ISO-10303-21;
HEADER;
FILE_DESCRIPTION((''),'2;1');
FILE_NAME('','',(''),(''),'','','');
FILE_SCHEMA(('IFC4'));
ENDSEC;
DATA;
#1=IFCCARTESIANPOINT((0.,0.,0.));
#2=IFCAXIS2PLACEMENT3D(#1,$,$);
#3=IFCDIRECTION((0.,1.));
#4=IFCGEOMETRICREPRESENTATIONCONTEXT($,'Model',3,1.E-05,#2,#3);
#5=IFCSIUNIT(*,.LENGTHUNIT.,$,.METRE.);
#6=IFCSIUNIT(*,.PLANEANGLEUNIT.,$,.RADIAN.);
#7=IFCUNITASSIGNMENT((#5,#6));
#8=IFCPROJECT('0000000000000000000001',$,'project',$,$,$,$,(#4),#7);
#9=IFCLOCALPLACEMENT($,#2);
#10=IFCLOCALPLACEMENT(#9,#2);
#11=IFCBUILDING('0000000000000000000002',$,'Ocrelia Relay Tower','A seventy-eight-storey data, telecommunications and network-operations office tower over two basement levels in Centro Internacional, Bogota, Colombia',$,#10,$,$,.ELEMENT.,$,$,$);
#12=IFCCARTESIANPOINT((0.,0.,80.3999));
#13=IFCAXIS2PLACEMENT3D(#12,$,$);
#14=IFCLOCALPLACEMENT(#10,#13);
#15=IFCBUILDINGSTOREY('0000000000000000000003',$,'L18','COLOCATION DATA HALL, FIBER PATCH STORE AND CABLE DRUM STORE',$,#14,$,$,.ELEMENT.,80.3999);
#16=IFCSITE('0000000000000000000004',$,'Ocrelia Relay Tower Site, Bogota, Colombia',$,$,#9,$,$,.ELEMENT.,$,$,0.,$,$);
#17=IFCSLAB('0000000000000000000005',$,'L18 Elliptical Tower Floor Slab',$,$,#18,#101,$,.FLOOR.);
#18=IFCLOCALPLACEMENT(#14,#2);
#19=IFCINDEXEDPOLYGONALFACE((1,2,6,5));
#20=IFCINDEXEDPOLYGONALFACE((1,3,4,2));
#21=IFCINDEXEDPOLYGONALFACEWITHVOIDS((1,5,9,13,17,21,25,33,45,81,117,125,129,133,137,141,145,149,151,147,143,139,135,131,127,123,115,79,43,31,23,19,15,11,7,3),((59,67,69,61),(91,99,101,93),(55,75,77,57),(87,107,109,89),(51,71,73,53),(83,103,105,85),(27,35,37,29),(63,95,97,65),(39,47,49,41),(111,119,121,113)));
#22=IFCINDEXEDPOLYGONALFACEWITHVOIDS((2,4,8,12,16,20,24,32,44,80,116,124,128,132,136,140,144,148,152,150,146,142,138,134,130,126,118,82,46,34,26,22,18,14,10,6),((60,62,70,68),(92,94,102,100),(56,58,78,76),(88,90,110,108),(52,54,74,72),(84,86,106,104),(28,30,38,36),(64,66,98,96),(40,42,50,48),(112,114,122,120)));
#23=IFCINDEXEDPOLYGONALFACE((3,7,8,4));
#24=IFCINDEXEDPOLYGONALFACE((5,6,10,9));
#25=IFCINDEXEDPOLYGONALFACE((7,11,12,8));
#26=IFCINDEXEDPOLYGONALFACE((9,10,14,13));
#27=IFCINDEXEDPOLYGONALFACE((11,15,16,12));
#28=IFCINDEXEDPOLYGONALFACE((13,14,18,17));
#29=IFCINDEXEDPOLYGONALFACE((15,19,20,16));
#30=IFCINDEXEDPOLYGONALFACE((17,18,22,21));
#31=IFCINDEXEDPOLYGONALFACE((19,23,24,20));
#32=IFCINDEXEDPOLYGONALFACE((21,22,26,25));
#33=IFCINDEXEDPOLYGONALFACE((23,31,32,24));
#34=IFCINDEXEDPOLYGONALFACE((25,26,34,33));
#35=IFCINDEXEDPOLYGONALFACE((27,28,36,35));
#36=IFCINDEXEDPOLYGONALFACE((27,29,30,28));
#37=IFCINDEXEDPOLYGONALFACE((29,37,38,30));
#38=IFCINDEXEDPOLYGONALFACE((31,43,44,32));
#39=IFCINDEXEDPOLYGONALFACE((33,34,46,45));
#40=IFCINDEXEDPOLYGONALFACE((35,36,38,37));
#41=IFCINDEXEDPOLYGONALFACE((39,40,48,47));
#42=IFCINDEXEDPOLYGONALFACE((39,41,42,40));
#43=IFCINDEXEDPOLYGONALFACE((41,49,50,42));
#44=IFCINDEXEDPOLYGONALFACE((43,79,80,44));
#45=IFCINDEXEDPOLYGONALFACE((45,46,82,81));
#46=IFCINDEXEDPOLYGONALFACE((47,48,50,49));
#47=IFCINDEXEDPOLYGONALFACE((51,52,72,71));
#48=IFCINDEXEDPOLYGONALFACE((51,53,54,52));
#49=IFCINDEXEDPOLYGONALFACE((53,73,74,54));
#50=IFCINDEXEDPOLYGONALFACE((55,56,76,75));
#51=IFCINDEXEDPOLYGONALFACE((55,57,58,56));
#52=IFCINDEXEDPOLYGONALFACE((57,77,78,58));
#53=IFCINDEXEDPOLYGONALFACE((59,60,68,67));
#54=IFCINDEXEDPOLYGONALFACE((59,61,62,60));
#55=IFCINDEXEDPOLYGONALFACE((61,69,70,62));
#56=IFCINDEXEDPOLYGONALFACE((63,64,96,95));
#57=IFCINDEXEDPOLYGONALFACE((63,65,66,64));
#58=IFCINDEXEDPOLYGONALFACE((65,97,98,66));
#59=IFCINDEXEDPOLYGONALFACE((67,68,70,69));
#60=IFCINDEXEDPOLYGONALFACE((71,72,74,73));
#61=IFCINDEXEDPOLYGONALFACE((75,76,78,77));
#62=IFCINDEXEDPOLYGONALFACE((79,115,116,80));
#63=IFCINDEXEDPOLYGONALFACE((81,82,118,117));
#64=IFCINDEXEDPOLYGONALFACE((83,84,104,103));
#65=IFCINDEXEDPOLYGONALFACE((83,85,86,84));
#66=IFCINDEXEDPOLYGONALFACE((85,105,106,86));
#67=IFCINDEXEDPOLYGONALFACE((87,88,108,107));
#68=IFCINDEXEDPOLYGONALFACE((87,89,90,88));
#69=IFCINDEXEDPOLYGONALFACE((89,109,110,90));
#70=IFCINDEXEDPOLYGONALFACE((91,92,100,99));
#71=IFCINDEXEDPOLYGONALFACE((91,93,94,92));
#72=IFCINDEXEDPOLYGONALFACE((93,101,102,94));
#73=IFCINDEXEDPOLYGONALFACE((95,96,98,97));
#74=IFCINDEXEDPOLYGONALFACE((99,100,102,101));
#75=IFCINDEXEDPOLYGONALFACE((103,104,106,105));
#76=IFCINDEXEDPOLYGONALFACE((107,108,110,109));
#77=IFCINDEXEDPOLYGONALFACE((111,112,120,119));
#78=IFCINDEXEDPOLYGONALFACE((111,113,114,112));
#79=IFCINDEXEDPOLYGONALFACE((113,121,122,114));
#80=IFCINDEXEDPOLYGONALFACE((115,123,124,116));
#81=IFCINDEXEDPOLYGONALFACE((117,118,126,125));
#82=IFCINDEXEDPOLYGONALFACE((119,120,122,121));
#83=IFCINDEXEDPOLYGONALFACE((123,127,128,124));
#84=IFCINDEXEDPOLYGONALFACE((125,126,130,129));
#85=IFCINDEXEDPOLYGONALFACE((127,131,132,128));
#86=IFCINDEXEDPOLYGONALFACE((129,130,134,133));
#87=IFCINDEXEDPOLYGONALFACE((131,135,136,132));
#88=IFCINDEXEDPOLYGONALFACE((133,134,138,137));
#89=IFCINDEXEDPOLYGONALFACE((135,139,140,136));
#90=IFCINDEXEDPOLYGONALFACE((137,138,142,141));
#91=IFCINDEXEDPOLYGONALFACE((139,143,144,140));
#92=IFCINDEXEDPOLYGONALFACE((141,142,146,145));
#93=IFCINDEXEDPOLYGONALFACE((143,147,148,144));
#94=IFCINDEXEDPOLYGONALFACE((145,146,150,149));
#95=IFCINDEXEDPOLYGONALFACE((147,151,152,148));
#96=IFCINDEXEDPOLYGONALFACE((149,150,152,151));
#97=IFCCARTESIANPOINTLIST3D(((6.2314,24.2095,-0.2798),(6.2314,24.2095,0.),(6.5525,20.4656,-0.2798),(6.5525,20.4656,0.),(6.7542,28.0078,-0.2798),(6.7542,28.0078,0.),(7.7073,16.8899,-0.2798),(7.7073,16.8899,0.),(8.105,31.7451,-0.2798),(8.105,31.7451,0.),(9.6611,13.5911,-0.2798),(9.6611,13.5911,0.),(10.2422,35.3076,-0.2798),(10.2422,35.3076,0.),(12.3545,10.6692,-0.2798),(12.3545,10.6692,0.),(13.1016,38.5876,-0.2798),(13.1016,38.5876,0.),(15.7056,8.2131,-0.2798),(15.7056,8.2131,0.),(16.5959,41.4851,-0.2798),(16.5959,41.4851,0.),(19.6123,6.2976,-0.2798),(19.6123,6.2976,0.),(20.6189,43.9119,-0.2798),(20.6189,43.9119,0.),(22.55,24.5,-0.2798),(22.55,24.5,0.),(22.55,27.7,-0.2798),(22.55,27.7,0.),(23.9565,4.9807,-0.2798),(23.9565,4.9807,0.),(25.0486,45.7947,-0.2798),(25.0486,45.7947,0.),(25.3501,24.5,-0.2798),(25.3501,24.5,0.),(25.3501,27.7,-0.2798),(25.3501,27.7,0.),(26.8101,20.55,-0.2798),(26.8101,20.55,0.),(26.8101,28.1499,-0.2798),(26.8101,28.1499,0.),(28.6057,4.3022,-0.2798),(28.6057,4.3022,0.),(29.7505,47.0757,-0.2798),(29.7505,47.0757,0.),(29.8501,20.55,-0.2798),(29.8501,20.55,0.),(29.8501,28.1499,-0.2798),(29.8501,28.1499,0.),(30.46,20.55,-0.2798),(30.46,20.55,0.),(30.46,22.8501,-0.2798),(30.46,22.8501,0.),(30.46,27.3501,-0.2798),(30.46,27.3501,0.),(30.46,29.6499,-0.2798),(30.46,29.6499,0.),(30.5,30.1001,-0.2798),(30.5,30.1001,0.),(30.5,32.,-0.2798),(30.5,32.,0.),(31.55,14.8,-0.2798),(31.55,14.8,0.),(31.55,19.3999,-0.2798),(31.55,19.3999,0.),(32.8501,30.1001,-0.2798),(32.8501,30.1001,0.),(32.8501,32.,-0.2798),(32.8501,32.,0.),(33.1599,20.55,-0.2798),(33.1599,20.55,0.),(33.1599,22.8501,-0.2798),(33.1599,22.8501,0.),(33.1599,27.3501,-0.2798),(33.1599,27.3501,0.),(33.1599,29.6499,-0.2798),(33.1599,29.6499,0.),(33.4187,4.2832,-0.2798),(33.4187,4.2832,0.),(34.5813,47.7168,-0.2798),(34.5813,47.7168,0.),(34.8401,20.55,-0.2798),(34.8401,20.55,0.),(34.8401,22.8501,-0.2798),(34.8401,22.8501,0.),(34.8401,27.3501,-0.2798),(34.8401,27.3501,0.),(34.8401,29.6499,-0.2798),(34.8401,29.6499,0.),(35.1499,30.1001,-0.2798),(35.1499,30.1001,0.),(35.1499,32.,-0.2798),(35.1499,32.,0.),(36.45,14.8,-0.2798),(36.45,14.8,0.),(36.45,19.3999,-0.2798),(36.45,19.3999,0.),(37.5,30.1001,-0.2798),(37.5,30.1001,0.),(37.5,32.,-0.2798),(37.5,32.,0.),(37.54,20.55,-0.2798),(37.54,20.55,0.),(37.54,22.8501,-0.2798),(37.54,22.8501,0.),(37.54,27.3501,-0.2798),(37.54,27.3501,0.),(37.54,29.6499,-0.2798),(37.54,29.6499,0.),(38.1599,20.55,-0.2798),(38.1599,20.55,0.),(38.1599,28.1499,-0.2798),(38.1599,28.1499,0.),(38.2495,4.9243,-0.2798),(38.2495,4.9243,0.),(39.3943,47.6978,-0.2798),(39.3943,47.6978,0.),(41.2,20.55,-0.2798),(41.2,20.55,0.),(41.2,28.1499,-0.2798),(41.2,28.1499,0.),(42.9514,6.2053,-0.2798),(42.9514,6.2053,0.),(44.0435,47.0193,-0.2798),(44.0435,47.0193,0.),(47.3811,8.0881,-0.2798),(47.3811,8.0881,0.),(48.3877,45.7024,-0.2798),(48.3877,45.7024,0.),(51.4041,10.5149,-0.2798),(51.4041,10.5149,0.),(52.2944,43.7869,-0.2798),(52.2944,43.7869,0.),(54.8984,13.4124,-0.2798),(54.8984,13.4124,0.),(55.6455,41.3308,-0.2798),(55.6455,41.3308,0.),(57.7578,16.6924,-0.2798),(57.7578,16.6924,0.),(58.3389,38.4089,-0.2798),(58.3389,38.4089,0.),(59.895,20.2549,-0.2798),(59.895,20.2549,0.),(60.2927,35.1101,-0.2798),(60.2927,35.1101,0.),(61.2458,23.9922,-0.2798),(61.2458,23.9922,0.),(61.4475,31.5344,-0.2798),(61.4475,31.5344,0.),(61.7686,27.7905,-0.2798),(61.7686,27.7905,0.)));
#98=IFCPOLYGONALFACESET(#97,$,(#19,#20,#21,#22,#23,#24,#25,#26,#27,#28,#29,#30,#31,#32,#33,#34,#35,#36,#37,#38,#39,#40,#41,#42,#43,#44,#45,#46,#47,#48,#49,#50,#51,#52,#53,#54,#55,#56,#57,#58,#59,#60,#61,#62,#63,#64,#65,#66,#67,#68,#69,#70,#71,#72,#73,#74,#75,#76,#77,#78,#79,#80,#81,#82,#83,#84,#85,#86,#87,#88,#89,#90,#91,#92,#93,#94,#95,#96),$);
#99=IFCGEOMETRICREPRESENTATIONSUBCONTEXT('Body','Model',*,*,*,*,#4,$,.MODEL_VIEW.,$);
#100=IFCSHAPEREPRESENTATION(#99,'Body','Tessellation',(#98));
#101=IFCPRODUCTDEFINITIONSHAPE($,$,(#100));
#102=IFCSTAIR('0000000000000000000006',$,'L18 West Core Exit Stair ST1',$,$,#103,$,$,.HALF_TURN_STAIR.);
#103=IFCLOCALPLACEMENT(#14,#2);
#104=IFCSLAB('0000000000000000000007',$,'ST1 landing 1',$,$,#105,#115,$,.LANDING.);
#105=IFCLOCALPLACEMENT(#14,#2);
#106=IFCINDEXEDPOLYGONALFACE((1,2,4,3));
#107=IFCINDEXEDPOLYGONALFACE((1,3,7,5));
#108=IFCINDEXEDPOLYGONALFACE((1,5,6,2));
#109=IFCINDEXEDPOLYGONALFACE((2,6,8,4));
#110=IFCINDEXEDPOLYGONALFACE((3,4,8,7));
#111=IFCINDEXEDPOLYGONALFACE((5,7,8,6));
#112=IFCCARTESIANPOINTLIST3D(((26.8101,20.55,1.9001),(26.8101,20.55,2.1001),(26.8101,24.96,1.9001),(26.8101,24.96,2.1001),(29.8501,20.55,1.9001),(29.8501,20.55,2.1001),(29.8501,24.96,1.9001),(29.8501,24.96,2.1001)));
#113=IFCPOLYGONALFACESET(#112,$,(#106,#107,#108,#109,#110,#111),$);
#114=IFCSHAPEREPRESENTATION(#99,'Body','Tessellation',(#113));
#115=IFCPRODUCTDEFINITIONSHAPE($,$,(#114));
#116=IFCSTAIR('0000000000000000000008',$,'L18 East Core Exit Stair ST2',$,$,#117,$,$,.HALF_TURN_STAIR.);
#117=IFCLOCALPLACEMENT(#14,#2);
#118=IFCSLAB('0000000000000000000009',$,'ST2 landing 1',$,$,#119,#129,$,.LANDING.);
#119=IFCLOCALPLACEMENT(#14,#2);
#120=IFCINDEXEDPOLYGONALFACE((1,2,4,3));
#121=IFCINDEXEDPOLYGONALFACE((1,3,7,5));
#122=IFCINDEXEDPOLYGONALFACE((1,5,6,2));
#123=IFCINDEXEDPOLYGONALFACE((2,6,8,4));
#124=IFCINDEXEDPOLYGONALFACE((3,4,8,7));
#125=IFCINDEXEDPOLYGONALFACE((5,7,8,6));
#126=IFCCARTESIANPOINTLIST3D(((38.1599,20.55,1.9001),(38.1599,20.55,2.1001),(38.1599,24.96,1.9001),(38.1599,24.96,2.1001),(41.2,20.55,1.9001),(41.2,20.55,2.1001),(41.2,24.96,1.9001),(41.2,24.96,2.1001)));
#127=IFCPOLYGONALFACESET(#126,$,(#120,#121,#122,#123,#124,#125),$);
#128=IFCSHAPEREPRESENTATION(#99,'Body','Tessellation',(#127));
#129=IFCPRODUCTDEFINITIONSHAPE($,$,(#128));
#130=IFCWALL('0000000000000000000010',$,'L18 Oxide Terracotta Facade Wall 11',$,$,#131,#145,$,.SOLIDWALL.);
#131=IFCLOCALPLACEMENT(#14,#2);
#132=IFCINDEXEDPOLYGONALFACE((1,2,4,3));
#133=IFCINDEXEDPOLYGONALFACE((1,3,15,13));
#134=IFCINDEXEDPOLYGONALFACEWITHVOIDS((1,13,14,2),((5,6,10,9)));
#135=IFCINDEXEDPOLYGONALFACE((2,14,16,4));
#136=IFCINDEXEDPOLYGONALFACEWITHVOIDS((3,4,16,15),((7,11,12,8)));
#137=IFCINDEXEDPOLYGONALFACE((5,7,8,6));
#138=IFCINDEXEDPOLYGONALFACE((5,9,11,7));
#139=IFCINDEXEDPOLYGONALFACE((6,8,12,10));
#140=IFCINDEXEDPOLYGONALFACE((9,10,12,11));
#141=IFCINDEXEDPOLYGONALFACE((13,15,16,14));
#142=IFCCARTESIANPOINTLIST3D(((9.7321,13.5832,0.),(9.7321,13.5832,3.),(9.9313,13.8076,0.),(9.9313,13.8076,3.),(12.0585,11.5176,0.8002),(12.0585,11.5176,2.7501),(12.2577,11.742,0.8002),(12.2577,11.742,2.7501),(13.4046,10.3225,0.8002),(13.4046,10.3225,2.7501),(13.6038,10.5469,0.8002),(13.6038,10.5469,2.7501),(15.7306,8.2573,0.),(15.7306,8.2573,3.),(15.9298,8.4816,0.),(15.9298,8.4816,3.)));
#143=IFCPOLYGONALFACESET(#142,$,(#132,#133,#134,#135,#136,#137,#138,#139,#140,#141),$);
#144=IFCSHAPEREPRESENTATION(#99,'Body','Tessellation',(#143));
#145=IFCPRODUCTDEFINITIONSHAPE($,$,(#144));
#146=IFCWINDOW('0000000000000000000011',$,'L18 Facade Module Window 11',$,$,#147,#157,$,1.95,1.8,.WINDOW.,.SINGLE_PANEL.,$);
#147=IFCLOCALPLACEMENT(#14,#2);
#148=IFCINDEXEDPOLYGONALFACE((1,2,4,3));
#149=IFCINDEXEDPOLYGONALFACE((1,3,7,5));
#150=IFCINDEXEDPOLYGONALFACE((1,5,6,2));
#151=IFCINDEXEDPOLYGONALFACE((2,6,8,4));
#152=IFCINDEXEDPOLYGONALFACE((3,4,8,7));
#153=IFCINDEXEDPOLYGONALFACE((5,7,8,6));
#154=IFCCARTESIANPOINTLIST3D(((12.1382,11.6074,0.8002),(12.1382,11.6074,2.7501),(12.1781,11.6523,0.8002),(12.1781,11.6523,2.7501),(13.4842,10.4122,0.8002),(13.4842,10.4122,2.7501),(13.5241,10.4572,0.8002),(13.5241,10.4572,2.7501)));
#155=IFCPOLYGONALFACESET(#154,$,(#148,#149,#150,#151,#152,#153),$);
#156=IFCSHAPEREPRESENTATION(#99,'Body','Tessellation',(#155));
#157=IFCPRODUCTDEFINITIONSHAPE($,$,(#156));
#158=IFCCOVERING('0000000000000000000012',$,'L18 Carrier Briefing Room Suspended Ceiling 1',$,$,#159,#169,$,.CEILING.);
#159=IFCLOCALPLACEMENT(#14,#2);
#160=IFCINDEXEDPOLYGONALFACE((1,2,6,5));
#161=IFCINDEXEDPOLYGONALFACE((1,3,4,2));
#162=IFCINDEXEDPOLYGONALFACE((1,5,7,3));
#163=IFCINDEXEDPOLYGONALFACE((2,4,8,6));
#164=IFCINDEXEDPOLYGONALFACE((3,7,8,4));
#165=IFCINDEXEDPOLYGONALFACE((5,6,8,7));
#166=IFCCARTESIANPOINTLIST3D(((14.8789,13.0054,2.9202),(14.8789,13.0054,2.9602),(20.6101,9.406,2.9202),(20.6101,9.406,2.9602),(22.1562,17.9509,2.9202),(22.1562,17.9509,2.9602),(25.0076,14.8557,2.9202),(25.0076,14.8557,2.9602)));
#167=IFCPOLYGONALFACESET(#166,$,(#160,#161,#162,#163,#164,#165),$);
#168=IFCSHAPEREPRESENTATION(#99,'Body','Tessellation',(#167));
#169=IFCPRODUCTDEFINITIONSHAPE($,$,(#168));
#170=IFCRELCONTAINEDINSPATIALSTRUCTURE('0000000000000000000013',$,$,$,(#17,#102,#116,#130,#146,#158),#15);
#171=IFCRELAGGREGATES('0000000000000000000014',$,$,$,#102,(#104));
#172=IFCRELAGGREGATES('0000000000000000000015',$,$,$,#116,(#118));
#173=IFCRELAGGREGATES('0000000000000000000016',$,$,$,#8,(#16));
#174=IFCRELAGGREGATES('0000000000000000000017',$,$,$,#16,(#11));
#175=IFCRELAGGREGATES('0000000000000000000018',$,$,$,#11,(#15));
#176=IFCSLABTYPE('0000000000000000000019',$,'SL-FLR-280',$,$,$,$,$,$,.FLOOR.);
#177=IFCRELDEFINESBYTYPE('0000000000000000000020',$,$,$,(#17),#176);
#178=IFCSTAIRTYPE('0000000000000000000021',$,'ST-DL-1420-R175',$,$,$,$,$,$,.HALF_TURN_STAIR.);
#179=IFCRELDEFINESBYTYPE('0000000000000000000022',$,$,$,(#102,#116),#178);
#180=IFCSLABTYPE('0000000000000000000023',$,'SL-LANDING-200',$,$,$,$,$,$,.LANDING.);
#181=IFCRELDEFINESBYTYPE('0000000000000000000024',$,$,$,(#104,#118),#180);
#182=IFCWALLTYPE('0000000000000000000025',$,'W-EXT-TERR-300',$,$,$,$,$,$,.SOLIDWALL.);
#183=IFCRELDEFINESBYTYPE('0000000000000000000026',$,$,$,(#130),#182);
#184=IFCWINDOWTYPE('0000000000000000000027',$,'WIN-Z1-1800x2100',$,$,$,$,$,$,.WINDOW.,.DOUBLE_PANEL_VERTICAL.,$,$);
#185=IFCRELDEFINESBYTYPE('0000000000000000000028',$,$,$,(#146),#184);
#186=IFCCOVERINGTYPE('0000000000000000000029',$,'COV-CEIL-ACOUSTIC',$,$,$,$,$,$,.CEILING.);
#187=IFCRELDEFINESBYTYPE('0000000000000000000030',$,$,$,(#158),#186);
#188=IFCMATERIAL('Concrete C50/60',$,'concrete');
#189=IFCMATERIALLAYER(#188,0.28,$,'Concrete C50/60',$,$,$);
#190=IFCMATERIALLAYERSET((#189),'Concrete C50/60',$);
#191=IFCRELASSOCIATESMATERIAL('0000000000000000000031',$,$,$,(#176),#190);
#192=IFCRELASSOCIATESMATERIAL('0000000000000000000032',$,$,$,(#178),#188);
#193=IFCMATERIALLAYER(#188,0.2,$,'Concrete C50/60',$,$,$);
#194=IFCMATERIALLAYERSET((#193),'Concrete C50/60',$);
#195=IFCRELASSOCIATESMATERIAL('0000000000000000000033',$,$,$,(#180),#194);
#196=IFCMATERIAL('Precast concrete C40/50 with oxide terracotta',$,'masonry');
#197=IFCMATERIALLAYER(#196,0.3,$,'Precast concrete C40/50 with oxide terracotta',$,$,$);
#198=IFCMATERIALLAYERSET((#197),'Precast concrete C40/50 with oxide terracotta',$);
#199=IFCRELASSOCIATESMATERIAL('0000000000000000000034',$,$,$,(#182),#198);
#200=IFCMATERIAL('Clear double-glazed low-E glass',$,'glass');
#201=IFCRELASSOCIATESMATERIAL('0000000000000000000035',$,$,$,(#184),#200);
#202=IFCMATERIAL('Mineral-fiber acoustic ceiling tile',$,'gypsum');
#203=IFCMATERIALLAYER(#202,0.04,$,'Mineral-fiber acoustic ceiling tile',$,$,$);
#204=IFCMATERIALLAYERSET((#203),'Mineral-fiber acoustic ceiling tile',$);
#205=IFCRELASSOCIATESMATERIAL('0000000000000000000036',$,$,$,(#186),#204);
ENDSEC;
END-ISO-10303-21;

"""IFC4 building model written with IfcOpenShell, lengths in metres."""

from ifc_helpers import new_model, si_unit, direction, frame, frame_2d, origin, place, context, subcontext, project, spatial, polyline, rectangle, outline, extrude, material, layer, layer_set, type_object, element, fill, aggregate, save


model = new_model("IFC4")

# Units and contexts
model_context = context("Model", 3, precision=1e-05, world=origin(), true_north=direction((0.0, 1.0)))
body_context = subcontext(model_context, "Body", "Model", "MODEL_VIEW")
ifc_project = project(units=[si_unit("LENGTHUNIT", "METRE"), si_unit("PLANEANGLEUNIT", "RADIAN")], contexts=[model_context])

# Site, building, storey
site_placement = place(None, origin())
site = spatial("IfcSite", under=ifc_project, at=site_placement, Name="Ocrelia Relay Tower Site, Bogota, Colombia", CompositionType="ELEMENT", RefElevation=0.0)
building_placement = place(site_placement, origin())
building = spatial("IfcBuilding", under=site, at=building_placement, Name="Ocrelia Relay Tower", Description="A seventy-eight-storey data, telecommunications and network-operations office tower over two basement levels in Centro Internacional, Bogota, Colombia", CompositionType="ELEMENT")
storey_placement = place(building_placement, frame((0.0, 0.0, 80.3999)))
storey = spatial("IfcBuildingStorey", under=building, at=storey_placement, Name="L18", Description="COLOCATION DATA HALL, FIBER PATCH STORE AND CABLE DRUM STORE", CompositionType="ELEMENT", Elevation=80.3999)

# Shared definitions
ifc_material_1 = material(Name="Clear double-glazed low-E glass", Category="glass")

# Slab
ifc_material_2 = material(Name="Concrete C50/60", Category="concrete")
ifc_layer_1 = layer(ifc_material_2, 0.28, Name="Concrete C50/60")
ifc_layer_set_1 = layer_set([ifc_layer_1], Name="Concrete C50/60")
slab_type_1 = type_object("IfcSlabType", Name="SL-FLR-280", PredefinedType="FLOOR", material=ifc_layer_set_1)
slab_1_placement = place(storey_placement, frame((0.0, 0.0, -0.2798)))
element("IfcSlab", 1, at=slab_1_placement, inside=storey, type_object=slab_type_1, Name="L18 Elliptical Tower Floor Slab", PredefinedType="FLOOR", context=body_context, shape_type="SweptSolid", body=[
    extrude(outline(polyline([(61.4475, 31.5344), (60.2927, 35.1101), (58.3389, 38.4089), (55.6455, 41.3308), (52.2944, 43.7869), (48.3877, 45.7024), (44.0435, 47.0193), (39.3943, 47.6978), (34.5813, 47.7168), (29.7505, 47.0757), (25.0486, 45.7947), (20.6189, 43.9119), (16.5959, 41.4851), (13.1016, 38.5876), (10.2422, 35.3076), (8.105, 31.7451), (6.7542, 28.0078), (6.2314, 24.2095), (6.5525, 20.4656), (7.7073, 16.8899), (9.6611, 13.5911), (12.3545, 10.6692), (15.7056, 8.2131), (19.6123, 6.2976), (23.9565, 4.9807), (28.6057, 4.3022), (33.4187, 4.2832), (38.2495, 4.9243), (42.9514, 6.2053), (47.3811, 8.0881), (51.4041, 10.5149), (54.8984, 13.4124), (57.7578, 16.6924), (59.895, 20.2549), (61.2458, 23.9922), (61.7686, 27.7905), (61.4475, 31.5344)]), holes=[polyline([(26.8101, 28.1499), (26.8101, 20.55), (29.8501, 20.55), (29.8501, 28.1499), (26.8101, 28.1499)]), polyline([(38.1599, 28.1499), (38.1599, 20.55), (41.2, 20.55), (41.2, 28.1499), (38.1599, 28.1499)]), polyline([(30.46, 20.55), (33.1599, 20.55), (33.1599, 22.8501), (30.46, 22.8501), (30.46, 20.55)]), polyline([(34.8401, 20.55), (37.54, 20.55), (37.54, 22.8501), (34.8401, 22.8501), (34.8401, 20.55)]), polyline([(30.46, 27.3501), (33.1599, 27.3501), (33.1599, 29.6499), (30.46, 29.6499), (30.46, 27.3501)]), polyline([(34.8401, 27.3501), (37.54, 27.3501), (37.54, 29.6499), (34.8401, 29.6499), (34.8401, 27.3501)]), polyline([(30.5, 30.1001), (32.8501, 30.1001), (32.8501, 32.0), (30.5, 32.0), (30.5, 30.1001)]), polyline([(35.1499, 30.1001), (37.5, 30.1001), (37.5, 32.0), (35.1499, 32.0), (35.1499, 30.1001)]), polyline([(22.55, 24.5), (25.3501, 24.5), (25.3501, 27.7), (22.55, 27.7), (22.55, 24.5)]), polyline([(31.55, 14.8), (36.45, 14.8), (36.45, 19.3999), (31.55, 19.3999), (31.55, 14.8)])]), origin(), (0.0, 0.0, 1.0), 0.2798),
])

# Stairs, slabs
stair_type = type_object("IfcStairType", Name="ST-DL-1420-R175", PredefinedType="HALF_TURN_STAIR", material=ifc_material_2)
stair_1_placement = place(storey_placement, origin())
stair_1 = element("IfcStair", 2, at=stair_1_placement, inside=storey, type_object=stair_type, Name="L18 West Core Exit Stair ST1", PredefinedType="HALF_TURN_STAIR")
ifc_layer_2 = layer(ifc_material_2, 0.2, Name="Concrete C50/60")
ifc_layer_set_2 = layer_set([ifc_layer_2], Name="Concrete C50/60")
slab_type_2 = type_object("IfcSlabType", Name="SL-LANDING-200", PredefinedType="LANDING", material=ifc_layer_set_2)
slab_2_placement = place(storey_placement, frame((0.0, 0.0, 1.9001)))
slab_2 = element("IfcSlab", 3, at=slab_2_placement, type_object=slab_type_2, Name="ST1 landing 1", PredefinedType="LANDING", context=body_context, shape_type="SweptSolid", body=[
    extrude(outline(polyline([(26.8101, 24.96), (26.8101, 20.55), (29.8501, 20.55), (29.8501, 24.96), (26.8101, 24.96)])), origin(), (0.0, 0.0, 1.0), 0.2),
])
aggregate(stair_1, [slab_2])
stair_2_placement = place(storey_placement, origin())
stair_2 = element("IfcStair", 4, at=stair_2_placement, inside=storey, type_object=stair_type, Name="L18 East Core Exit Stair ST2", PredefinedType="HALF_TURN_STAIR")
slab_3_placement = place(storey_placement, frame((0.0, 0.0, 1.9001)))
slab_3 = element("IfcSlab", 5, at=slab_3_placement, type_object=slab_type_2, Name="ST2 landing 1", PredefinedType="LANDING", context=body_context, shape_type="SweptSolid", body=[
    extrude(outline(polyline([(38.1599, 24.96), (38.1599, 20.55), (41.2, 20.55), (41.2, 24.96), (38.1599, 24.96)])), origin(), (0.0, 0.0, 1.0), 0.2),
])
aggregate(stair_2, [slab_3])

# Wall, opening, window
ifc_material_3 = material(Name="Precast concrete C40/50 with oxide terracotta", Category="masonry")
ifc_layer_3 = layer(ifc_material_3, 0.3, Name="Precast concrete C40/50 with oxide terracotta")
ifc_layer_set_3 = layer_set([ifc_layer_3], Name="Precast concrete C40/50 with oxide terracotta")
wall_type = type_object("IfcWallType", Name="W-EXT-TERR-300", PredefinedType="SOLIDWALL", material=ifc_layer_set_3)
wall_placement = place(storey_placement, frame((9.8318, 13.6953, 0.0), z_axis=(0.0, 0.0, 1.0), x_axis=(0.747787, -0.663939, 0.0)))
wall = element("IfcWall", 6, at=wall_placement, inside=storey, type_object=wall_type, Name="L18 Oxide Terracotta Facade Wall 11", PredefinedType="SOLIDWALL", context=body_context, shape_type="SweptSolid", body=[
    extrude(rectangle(XDim=8.0217, YDim=0.3, at=frame_2d((4.0107, 0.0))), origin(), (0.0, 0.0, 1.0), 3.0),
])
opening_placement = place(wall_placement, frame((3.1111, 0.0, 0.8)))
opening = element("IfcOpeningElement", 7, at=opening_placement, cuts=wall, PredefinedType="OPENING", context=body_context, shape_type="SweptSolid", body=[
    extrude(rectangle(XDim=1.8, YDim=1.95, at=frame_2d((0.8999, 0.9751))), frame((0.0, 0.1602, 0.0), z_axis=(0.0, -1.0, 0.0), x_axis=(1.0, 0.0, 0.0)), (0.0, 0.0, 1.0), 0.3201),
])
window_type = type_object("IfcWindowType", Name="WIN-Z1-1800x2100", PartitioningType="DOUBLE_PANEL_VERTICAL", PredefinedType="WINDOW", material=ifc_material_1)
window_placement = place(opening_placement, origin())
window = element("IfcWindow", 8, at=window_placement, inside=storey, type_object=window_type, Name="L18 Facade Module Window 11", OverallHeight=1.95, OverallWidth=1.8, PartitioningType="SINGLE_PANEL", PredefinedType="WINDOW", context=body_context, shape_type="SweptSolid", body=[
    extrude(rectangle(XDim=1.8, YDim=1.95, at=frame_2d((0.8999, 0.9751))), frame((0.0, 0.03, 0.0), z_axis=(0.0, -1.0, 0.0), x_axis=(1.0, 0.0, 0.0)), (0.0, 0.0, 1.0), 0.0601),
])
fill(opening, window)

# Covering
ifc_material_4 = material(Name="Mineral-fiber acoustic ceiling tile", Category="gypsum")
ifc_layer_4 = layer(ifc_material_4, 0.04, Name="Mineral-fiber acoustic ceiling tile")
ifc_layer_set_4 = layer_set([ifc_layer_4], Name="Mineral-fiber acoustic ceiling tile")
covering_type_1 = type_object("IfcCoveringType", Name="COV-CEIL-ACOUSTIC", PredefinedType="CEILING", material=ifc_layer_set_4)
covering_1_placement = place(storey_placement, frame((0.0, 0.0, 2.9202)))
element("IfcCovering", 9, at=covering_1_placement, inside=storey, type_object=covering_type_1, Name="L18 Carrier Briefing Room Suspended Ceiling 1", PredefinedType="CEILING", context=body_context, shape_type="SweptSolid", body=[
    extrude(outline(polyline([(22.1562, 17.9509), (14.8789, 13.0054), (20.6101, 9.406), (25.0076, 14.8557), (22.1562, 17.9509)])), origin(), (0.0, 0.0, 1.0), 0.04),
])

save(model, "model.ifc")
